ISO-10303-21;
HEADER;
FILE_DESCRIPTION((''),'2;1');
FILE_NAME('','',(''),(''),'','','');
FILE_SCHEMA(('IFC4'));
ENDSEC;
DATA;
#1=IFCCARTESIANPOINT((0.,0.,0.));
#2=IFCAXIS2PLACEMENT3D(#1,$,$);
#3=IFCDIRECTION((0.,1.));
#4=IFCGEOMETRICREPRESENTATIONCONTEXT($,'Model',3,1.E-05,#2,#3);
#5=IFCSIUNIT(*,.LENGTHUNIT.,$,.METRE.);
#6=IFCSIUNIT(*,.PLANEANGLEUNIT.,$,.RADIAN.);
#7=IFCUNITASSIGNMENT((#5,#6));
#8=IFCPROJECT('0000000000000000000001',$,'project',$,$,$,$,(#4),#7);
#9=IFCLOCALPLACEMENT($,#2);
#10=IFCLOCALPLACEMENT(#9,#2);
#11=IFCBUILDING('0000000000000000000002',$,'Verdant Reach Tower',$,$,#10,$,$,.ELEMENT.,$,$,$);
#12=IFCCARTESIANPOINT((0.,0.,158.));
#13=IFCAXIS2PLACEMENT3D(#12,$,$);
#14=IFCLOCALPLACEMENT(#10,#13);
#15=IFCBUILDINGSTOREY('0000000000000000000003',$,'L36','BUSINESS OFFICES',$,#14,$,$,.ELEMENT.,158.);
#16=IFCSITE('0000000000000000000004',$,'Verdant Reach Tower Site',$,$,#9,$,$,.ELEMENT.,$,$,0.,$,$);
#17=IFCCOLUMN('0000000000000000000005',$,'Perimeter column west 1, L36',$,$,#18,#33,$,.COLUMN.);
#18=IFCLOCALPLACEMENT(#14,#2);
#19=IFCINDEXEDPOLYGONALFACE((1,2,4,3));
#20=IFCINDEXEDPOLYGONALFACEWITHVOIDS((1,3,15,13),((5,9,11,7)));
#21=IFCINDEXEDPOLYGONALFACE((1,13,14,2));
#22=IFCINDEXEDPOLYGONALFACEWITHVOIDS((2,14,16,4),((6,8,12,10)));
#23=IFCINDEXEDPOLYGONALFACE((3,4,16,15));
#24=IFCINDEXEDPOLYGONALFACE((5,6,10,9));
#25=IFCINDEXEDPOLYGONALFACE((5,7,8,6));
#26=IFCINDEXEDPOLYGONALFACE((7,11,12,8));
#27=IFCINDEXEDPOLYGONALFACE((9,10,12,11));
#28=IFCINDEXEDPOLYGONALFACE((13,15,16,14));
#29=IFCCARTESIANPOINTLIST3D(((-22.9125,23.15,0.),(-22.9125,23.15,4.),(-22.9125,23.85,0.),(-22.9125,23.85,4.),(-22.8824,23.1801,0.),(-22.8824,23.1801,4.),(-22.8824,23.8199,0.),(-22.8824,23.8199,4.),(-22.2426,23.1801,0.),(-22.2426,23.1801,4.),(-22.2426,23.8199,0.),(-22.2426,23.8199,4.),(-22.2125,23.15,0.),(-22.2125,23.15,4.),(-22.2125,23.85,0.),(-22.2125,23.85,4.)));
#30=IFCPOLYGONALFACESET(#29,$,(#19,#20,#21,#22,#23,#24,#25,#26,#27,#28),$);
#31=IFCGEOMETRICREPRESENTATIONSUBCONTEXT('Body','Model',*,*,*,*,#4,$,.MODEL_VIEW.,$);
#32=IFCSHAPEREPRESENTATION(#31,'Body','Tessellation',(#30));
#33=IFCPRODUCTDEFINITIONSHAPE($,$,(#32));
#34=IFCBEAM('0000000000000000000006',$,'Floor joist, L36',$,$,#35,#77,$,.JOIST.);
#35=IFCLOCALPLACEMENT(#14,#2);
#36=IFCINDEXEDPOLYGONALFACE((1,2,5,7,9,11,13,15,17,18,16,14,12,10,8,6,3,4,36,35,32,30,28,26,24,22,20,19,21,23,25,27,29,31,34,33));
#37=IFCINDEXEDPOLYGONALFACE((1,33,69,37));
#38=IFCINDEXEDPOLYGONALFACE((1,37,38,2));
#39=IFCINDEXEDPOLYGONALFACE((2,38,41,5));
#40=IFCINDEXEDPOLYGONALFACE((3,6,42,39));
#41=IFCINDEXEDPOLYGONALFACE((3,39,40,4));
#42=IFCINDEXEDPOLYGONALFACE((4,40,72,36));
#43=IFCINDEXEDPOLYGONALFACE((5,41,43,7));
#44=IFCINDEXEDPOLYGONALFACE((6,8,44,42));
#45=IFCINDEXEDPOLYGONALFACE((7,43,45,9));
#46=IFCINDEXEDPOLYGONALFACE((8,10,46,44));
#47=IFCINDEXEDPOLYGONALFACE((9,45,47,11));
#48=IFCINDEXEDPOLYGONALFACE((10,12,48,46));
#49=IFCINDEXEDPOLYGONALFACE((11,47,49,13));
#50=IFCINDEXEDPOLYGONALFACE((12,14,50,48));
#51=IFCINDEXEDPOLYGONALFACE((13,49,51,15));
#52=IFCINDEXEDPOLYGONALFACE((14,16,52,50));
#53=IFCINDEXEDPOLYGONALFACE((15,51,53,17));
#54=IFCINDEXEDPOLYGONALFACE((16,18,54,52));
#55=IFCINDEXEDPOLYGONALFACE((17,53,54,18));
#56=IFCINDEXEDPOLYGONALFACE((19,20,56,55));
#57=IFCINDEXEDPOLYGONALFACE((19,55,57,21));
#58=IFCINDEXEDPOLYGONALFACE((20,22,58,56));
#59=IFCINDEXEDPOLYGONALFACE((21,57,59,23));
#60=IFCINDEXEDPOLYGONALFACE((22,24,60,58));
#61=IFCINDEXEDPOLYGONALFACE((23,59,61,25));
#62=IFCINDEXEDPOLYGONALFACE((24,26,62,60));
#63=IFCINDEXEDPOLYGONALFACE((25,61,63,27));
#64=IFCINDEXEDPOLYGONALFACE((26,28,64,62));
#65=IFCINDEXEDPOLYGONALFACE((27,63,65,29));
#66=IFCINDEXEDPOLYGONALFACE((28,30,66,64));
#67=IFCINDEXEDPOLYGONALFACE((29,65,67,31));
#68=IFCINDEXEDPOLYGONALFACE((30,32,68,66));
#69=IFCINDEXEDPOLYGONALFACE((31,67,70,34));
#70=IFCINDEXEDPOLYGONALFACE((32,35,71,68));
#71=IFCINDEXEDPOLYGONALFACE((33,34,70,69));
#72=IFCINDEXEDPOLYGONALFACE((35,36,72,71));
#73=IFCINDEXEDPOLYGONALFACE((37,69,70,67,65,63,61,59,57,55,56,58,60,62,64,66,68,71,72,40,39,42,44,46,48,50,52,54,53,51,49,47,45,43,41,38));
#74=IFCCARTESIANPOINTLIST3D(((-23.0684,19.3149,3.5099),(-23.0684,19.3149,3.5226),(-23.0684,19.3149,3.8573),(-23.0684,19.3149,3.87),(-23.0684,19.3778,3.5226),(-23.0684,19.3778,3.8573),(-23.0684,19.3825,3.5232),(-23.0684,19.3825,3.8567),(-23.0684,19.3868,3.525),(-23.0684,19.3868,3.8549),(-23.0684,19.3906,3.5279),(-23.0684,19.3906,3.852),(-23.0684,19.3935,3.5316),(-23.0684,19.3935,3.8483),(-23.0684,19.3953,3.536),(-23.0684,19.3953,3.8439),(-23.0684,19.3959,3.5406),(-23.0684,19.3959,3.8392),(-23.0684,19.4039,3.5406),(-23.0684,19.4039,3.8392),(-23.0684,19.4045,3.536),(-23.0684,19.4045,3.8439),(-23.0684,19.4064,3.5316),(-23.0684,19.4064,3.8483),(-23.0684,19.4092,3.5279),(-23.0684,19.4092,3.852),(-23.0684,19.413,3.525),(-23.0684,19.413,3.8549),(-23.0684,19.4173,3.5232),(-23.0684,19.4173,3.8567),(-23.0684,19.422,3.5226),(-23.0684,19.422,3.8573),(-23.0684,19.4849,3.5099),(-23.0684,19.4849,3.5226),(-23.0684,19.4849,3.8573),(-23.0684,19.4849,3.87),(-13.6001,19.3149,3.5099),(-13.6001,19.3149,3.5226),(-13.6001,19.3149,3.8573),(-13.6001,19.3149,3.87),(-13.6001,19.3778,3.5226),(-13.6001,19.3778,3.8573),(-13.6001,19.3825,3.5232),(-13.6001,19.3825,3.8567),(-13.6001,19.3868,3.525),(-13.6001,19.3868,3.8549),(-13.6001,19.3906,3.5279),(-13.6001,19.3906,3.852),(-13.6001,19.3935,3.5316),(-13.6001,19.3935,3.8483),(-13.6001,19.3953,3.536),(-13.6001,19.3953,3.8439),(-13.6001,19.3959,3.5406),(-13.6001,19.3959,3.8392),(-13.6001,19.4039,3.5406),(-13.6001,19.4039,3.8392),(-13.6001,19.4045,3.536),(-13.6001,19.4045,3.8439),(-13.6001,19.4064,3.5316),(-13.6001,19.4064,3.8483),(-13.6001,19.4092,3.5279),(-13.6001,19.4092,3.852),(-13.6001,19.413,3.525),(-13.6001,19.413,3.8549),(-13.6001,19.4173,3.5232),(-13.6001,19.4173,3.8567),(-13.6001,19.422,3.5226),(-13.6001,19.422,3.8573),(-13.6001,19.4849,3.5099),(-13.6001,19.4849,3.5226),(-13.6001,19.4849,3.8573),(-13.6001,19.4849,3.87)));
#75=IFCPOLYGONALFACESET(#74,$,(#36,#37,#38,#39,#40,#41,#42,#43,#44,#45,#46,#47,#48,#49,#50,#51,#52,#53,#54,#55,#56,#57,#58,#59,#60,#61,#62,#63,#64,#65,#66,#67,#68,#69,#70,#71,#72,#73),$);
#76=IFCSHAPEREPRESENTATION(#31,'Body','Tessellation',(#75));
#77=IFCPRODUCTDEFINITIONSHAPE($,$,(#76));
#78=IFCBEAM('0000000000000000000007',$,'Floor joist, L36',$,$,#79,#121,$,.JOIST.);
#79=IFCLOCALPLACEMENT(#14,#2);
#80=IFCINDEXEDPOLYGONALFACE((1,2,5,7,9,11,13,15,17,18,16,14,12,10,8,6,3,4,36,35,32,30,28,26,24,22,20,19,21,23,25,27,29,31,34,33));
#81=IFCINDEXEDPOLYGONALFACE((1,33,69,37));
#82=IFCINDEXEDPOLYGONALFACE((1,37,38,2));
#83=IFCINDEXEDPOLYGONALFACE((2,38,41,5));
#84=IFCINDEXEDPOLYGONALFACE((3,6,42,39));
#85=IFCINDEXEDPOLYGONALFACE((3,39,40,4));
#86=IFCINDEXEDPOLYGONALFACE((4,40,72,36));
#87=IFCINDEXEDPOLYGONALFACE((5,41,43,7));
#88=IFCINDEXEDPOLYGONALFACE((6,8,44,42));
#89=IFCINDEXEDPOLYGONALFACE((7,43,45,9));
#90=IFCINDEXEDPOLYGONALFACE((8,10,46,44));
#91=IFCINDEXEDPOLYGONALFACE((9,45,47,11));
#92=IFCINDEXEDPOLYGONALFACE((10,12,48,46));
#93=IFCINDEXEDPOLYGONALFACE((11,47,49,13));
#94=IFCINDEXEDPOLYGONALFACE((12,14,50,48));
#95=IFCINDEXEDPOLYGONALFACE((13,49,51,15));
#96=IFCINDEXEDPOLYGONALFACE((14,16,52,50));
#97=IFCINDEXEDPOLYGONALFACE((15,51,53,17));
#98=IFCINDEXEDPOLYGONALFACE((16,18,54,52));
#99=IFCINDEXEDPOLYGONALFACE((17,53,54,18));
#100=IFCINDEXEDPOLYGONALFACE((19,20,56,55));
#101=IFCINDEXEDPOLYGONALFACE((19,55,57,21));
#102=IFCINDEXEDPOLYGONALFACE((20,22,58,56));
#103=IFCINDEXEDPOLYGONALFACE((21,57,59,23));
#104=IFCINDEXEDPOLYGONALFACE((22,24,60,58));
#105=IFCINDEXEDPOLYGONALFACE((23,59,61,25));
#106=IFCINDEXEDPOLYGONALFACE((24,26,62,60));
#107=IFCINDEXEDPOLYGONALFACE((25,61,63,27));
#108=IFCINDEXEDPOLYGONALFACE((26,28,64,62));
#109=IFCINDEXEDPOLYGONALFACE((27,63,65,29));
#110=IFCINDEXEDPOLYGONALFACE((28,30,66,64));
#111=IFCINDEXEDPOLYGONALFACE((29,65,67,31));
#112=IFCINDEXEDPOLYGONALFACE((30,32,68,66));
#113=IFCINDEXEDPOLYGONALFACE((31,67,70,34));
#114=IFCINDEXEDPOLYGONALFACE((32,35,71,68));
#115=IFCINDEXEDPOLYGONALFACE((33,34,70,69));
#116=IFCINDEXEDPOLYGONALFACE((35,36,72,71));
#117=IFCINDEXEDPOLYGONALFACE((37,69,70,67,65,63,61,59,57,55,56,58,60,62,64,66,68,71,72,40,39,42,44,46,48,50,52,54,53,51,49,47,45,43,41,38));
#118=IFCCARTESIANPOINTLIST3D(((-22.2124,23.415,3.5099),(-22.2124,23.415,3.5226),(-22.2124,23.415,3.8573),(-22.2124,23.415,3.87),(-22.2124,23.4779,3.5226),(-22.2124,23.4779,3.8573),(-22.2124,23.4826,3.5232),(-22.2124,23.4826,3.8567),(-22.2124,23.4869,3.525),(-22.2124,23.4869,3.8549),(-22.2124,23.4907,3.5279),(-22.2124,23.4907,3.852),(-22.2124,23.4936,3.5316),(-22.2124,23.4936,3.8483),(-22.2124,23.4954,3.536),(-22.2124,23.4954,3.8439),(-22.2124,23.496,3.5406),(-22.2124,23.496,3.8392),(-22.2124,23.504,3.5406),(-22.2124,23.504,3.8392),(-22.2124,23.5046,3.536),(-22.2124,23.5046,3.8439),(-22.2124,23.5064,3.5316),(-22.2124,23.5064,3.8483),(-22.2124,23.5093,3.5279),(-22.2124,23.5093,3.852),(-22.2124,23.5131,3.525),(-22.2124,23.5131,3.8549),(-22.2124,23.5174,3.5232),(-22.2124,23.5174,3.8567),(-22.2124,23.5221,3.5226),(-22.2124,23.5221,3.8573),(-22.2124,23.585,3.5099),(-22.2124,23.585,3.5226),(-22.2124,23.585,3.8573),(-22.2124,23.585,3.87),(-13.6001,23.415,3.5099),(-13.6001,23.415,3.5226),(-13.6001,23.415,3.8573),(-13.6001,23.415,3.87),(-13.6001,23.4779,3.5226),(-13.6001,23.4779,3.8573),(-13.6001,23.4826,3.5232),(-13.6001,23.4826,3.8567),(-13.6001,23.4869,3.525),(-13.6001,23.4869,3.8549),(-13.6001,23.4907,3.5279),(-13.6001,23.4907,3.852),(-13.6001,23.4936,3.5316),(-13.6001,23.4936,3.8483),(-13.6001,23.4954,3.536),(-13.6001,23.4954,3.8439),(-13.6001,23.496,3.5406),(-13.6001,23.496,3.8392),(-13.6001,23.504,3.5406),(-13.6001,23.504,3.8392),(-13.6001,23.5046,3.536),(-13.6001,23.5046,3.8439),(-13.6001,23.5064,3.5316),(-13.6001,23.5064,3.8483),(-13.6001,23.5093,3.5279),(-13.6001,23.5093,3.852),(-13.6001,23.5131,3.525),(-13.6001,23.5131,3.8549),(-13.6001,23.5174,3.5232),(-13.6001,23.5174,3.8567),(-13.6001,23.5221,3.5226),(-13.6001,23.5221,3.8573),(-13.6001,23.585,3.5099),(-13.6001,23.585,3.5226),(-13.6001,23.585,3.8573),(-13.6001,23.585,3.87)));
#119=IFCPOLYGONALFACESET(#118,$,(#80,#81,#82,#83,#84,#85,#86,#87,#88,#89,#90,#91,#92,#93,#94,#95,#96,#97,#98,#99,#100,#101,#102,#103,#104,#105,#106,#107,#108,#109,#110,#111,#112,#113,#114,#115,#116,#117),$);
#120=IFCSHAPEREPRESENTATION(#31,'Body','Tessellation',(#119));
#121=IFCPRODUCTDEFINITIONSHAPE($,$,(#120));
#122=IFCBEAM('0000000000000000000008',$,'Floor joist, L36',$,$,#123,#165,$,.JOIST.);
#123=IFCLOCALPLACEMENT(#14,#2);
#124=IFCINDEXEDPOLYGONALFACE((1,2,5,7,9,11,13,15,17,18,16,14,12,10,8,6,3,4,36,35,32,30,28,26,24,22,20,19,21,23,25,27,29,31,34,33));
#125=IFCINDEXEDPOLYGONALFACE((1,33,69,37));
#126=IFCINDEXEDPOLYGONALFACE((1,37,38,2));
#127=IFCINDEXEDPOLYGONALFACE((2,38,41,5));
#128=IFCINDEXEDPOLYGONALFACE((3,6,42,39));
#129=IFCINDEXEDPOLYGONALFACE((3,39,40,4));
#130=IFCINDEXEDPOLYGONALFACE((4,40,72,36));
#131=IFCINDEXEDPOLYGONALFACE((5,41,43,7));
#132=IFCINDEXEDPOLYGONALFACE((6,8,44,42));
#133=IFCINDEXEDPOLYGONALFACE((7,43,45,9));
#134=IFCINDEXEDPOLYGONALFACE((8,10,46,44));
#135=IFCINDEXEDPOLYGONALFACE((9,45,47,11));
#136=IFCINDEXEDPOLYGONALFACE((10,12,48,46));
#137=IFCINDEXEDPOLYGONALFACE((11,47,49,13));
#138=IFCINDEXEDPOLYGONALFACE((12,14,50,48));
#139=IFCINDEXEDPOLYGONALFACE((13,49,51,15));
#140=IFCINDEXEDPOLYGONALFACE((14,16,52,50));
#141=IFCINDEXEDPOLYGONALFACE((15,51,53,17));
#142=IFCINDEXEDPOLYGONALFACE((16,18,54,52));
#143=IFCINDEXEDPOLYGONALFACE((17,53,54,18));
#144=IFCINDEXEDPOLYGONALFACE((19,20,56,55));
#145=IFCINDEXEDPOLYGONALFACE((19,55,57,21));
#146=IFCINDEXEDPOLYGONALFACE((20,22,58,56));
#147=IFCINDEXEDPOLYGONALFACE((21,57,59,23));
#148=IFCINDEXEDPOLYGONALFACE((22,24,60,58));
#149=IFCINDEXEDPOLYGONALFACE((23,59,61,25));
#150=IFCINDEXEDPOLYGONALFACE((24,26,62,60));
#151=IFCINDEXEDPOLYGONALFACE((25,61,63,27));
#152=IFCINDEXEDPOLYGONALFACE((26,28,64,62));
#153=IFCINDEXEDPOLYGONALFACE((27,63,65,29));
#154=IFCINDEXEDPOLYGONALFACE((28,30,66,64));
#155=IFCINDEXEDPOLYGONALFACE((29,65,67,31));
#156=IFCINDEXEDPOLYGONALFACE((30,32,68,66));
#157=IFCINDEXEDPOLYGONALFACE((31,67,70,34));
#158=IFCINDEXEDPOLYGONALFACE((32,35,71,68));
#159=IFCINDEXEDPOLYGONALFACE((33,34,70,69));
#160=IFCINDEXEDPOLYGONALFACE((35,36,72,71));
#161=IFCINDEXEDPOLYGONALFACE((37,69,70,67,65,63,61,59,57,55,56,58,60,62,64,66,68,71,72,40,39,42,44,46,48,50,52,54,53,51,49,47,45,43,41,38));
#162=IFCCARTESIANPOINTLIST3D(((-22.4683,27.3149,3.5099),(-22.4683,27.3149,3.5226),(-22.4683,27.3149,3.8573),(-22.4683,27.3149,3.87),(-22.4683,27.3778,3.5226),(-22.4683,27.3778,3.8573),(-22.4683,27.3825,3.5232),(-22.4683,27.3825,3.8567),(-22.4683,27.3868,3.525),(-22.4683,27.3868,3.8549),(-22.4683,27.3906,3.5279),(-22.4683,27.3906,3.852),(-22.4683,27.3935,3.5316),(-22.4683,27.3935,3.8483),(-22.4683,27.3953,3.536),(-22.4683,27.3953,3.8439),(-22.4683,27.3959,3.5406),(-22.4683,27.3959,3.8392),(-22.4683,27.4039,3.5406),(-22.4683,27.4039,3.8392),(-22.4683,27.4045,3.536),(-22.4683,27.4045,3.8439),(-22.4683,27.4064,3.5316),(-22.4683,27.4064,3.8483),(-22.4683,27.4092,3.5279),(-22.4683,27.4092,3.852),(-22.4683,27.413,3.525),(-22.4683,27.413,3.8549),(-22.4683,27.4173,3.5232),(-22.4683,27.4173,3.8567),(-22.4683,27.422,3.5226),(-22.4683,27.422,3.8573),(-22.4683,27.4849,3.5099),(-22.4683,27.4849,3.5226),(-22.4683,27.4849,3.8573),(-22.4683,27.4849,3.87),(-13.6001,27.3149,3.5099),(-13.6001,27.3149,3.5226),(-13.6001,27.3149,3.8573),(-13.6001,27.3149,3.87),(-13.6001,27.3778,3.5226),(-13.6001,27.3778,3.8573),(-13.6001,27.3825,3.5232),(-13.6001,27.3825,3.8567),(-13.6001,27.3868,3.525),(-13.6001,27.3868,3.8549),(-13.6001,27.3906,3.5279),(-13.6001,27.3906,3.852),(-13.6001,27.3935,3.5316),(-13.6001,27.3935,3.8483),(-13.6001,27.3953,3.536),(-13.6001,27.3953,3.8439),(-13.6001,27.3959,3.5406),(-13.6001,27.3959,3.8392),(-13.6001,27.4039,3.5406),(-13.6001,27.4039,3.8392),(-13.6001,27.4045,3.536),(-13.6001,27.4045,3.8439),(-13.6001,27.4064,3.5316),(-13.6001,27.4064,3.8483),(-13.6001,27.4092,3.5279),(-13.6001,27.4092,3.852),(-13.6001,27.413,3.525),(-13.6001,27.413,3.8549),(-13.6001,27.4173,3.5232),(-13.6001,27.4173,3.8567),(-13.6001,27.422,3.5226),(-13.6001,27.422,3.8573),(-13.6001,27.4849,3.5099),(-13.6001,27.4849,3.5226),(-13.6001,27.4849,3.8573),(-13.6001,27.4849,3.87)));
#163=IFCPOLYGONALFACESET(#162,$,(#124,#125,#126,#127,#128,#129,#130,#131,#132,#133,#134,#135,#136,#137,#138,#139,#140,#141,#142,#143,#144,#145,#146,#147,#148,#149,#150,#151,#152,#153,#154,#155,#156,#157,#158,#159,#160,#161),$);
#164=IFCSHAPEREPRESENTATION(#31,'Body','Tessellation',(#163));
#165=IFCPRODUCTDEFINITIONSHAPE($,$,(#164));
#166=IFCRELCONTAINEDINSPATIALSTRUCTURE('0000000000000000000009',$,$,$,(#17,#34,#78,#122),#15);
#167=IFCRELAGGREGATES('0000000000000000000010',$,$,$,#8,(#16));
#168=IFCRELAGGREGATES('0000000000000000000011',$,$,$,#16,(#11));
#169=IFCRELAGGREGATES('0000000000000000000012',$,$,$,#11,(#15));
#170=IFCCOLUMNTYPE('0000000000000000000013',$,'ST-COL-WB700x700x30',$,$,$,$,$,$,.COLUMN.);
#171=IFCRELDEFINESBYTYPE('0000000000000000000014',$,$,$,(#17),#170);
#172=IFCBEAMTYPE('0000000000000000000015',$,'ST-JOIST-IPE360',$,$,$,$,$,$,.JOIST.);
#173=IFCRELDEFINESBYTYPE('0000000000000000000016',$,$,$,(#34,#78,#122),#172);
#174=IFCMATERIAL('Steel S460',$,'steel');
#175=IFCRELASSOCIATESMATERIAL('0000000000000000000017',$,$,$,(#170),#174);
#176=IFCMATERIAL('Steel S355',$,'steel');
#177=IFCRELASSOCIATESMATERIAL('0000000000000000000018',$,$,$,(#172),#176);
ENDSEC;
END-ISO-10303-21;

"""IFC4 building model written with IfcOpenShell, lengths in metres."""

from ifc_helpers import new_model, si_unit, direction, frame, origin, origin_2d, place, context, subcontext, project, spatial, hollow_rectangle, i_section, extrude, material, material_profile, profile_set, type_object, element, save


model = new_model("IFC4")

# Units and contexts
model_context = context("Model", 3, precision=1e-05, world=origin(), true_north=direction((0.0, 1.0)))
body_context = subcontext(model_context, "Body", "Model", "MODEL_VIEW")
ifc_project = project(units=[si_unit("LENGTHUNIT", "METRE"), si_unit("PLANEANGLEUNIT", "RADIAN")], contexts=[model_context])

# Site, building, storey
site_placement = place(None, origin())
site = spatial("IfcSite", under=ifc_project, at=site_placement, Name="Verdant Reach Tower Site", CompositionType="ELEMENT", RefElevation=0.0)
building_placement = place(site_placement, origin())
building = spatial("IfcBuilding", under=site, at=building_placement, Name="Verdant Reach Tower", CompositionType="ELEMENT")
storey_placement = place(building_placement, frame((0.0, 0.0, 158.0)))
storey = spatial("IfcBuildingStorey", under=building, at=storey_placement, Name="L36", Description="BUSINESS OFFICES", CompositionType="ELEMENT", Elevation=158.0)

# Column
ifc_material_1 = material(Name="Steel S460", Category="steel")
ifc_material_profile_1 = material_profile(ifc_material_1, hollow_rectangle(XDim=0.7, YDim=0.7, WallThickness=0.03, at=origin_2d()), Name="WB 700x700x30")
ifc_profile_set_1 = profile_set([ifc_material_profile_1], Name="Steel S460")
column_type = type_object("IfcColumnType", Name="ST-COL-WB700x700x30", PredefinedType="COLUMN", material=ifc_profile_set_1)
column_placement = place(storey_placement, frame((-22.5625, 23.5, 0.0), z_axis=(0.0, 0.0, 1.0), x_axis=(1.0, 0.0, 0.0)))
element("IfcColumn", 1, at=column_placement, inside=storey, type_object=column_type, Name="Perimeter column west 1, L36", PredefinedType="COLUMN", context=body_context, shape_type="SweptSolid", body=[
    extrude(hollow_rectangle(XDim=0.7, YDim=0.7, WallThickness=0.03, at=origin_2d()), origin(), (0.0, 0.0, 1.0), 4.0),
])

# Beams
ifc_material_2 = material(Name="Steel S355", Category="steel")
ifc_material_profile_2 = material_profile(ifc_material_2, i_section(OverallWidth=0.1699, OverallDepth=0.3601, WebThickness=0.0081, FlangeThickness=0.0127, FilletRadius=0.0181, at=origin_2d()), Name="IPE 360")
ifc_profile_set_2 = profile_set([ifc_material_profile_2], Name="Steel S355")
beam_type = type_object("IfcBeamType", Name="ST-JOIST-IPE360", PredefinedType="JOIST", material=ifc_profile_set_2)
beam_1_placement = place(storey_placement, frame((-13.6001, 19.3999, 3.6899), z_axis=(-1.0, 0.0, 0.0), x_axis=(0.0, -1.0, 0.0)))
element("IfcBeam", 2, at=beam_1_placement, inside=storey, type_object=beam_type, Name="Floor joist, L36", PredefinedType="JOIST", context=body_context, shape_type="SweptSolid", body=[
    extrude(i_section(OverallWidth=0.1699, OverallDepth=0.3601, WebThickness=0.0081, FlangeThickness=0.0127, FilletRadius=0.0181, at=origin_2d()), origin(), (0.0, 0.0, 1.0), 9.4683),
])
beam_2_placement = place(storey_placement, frame((-13.6001, 23.5, 3.6899), z_axis=(-1.0, 0.0, 0.0), x_axis=(0.0, -1.0, 0.0)))
element("IfcBeam", 3, at=beam_2_placement, inside=storey, type_object=beam_type, Name="Floor joist, L36", PredefinedType="JOIST", context=body_context, shape_type="SweptSolid", body=[
    extrude(i_section(OverallWidth=0.1699, OverallDepth=0.3601, WebThickness=0.0081, FlangeThickness=0.0127, FilletRadius=0.0181, at=origin_2d()), origin(), (0.0, 0.0, 1.0), 8.6123),
])
beam_3_placement = place(storey_placement, frame((-13.6001, 27.3999, 3.6899), z_axis=(-1.0, 0.0, 0.0), x_axis=(0.0, -1.0, 0.0)))
element("IfcBeam", 4, at=beam_3_placement, inside=storey, type_object=beam_type, Name="Floor joist, L36", PredefinedType="JOIST", context=body_context, shape_type="SweptSolid", body=[
    extrude(i_section(OverallWidth=0.1699, OverallDepth=0.3601, WebThickness=0.0081, FlangeThickness=0.0127, FilletRadius=0.0181, at=origin_2d()), origin(), (0.0, 0.0, 1.0), 8.8682),
])

save(model, "model.ifc")
